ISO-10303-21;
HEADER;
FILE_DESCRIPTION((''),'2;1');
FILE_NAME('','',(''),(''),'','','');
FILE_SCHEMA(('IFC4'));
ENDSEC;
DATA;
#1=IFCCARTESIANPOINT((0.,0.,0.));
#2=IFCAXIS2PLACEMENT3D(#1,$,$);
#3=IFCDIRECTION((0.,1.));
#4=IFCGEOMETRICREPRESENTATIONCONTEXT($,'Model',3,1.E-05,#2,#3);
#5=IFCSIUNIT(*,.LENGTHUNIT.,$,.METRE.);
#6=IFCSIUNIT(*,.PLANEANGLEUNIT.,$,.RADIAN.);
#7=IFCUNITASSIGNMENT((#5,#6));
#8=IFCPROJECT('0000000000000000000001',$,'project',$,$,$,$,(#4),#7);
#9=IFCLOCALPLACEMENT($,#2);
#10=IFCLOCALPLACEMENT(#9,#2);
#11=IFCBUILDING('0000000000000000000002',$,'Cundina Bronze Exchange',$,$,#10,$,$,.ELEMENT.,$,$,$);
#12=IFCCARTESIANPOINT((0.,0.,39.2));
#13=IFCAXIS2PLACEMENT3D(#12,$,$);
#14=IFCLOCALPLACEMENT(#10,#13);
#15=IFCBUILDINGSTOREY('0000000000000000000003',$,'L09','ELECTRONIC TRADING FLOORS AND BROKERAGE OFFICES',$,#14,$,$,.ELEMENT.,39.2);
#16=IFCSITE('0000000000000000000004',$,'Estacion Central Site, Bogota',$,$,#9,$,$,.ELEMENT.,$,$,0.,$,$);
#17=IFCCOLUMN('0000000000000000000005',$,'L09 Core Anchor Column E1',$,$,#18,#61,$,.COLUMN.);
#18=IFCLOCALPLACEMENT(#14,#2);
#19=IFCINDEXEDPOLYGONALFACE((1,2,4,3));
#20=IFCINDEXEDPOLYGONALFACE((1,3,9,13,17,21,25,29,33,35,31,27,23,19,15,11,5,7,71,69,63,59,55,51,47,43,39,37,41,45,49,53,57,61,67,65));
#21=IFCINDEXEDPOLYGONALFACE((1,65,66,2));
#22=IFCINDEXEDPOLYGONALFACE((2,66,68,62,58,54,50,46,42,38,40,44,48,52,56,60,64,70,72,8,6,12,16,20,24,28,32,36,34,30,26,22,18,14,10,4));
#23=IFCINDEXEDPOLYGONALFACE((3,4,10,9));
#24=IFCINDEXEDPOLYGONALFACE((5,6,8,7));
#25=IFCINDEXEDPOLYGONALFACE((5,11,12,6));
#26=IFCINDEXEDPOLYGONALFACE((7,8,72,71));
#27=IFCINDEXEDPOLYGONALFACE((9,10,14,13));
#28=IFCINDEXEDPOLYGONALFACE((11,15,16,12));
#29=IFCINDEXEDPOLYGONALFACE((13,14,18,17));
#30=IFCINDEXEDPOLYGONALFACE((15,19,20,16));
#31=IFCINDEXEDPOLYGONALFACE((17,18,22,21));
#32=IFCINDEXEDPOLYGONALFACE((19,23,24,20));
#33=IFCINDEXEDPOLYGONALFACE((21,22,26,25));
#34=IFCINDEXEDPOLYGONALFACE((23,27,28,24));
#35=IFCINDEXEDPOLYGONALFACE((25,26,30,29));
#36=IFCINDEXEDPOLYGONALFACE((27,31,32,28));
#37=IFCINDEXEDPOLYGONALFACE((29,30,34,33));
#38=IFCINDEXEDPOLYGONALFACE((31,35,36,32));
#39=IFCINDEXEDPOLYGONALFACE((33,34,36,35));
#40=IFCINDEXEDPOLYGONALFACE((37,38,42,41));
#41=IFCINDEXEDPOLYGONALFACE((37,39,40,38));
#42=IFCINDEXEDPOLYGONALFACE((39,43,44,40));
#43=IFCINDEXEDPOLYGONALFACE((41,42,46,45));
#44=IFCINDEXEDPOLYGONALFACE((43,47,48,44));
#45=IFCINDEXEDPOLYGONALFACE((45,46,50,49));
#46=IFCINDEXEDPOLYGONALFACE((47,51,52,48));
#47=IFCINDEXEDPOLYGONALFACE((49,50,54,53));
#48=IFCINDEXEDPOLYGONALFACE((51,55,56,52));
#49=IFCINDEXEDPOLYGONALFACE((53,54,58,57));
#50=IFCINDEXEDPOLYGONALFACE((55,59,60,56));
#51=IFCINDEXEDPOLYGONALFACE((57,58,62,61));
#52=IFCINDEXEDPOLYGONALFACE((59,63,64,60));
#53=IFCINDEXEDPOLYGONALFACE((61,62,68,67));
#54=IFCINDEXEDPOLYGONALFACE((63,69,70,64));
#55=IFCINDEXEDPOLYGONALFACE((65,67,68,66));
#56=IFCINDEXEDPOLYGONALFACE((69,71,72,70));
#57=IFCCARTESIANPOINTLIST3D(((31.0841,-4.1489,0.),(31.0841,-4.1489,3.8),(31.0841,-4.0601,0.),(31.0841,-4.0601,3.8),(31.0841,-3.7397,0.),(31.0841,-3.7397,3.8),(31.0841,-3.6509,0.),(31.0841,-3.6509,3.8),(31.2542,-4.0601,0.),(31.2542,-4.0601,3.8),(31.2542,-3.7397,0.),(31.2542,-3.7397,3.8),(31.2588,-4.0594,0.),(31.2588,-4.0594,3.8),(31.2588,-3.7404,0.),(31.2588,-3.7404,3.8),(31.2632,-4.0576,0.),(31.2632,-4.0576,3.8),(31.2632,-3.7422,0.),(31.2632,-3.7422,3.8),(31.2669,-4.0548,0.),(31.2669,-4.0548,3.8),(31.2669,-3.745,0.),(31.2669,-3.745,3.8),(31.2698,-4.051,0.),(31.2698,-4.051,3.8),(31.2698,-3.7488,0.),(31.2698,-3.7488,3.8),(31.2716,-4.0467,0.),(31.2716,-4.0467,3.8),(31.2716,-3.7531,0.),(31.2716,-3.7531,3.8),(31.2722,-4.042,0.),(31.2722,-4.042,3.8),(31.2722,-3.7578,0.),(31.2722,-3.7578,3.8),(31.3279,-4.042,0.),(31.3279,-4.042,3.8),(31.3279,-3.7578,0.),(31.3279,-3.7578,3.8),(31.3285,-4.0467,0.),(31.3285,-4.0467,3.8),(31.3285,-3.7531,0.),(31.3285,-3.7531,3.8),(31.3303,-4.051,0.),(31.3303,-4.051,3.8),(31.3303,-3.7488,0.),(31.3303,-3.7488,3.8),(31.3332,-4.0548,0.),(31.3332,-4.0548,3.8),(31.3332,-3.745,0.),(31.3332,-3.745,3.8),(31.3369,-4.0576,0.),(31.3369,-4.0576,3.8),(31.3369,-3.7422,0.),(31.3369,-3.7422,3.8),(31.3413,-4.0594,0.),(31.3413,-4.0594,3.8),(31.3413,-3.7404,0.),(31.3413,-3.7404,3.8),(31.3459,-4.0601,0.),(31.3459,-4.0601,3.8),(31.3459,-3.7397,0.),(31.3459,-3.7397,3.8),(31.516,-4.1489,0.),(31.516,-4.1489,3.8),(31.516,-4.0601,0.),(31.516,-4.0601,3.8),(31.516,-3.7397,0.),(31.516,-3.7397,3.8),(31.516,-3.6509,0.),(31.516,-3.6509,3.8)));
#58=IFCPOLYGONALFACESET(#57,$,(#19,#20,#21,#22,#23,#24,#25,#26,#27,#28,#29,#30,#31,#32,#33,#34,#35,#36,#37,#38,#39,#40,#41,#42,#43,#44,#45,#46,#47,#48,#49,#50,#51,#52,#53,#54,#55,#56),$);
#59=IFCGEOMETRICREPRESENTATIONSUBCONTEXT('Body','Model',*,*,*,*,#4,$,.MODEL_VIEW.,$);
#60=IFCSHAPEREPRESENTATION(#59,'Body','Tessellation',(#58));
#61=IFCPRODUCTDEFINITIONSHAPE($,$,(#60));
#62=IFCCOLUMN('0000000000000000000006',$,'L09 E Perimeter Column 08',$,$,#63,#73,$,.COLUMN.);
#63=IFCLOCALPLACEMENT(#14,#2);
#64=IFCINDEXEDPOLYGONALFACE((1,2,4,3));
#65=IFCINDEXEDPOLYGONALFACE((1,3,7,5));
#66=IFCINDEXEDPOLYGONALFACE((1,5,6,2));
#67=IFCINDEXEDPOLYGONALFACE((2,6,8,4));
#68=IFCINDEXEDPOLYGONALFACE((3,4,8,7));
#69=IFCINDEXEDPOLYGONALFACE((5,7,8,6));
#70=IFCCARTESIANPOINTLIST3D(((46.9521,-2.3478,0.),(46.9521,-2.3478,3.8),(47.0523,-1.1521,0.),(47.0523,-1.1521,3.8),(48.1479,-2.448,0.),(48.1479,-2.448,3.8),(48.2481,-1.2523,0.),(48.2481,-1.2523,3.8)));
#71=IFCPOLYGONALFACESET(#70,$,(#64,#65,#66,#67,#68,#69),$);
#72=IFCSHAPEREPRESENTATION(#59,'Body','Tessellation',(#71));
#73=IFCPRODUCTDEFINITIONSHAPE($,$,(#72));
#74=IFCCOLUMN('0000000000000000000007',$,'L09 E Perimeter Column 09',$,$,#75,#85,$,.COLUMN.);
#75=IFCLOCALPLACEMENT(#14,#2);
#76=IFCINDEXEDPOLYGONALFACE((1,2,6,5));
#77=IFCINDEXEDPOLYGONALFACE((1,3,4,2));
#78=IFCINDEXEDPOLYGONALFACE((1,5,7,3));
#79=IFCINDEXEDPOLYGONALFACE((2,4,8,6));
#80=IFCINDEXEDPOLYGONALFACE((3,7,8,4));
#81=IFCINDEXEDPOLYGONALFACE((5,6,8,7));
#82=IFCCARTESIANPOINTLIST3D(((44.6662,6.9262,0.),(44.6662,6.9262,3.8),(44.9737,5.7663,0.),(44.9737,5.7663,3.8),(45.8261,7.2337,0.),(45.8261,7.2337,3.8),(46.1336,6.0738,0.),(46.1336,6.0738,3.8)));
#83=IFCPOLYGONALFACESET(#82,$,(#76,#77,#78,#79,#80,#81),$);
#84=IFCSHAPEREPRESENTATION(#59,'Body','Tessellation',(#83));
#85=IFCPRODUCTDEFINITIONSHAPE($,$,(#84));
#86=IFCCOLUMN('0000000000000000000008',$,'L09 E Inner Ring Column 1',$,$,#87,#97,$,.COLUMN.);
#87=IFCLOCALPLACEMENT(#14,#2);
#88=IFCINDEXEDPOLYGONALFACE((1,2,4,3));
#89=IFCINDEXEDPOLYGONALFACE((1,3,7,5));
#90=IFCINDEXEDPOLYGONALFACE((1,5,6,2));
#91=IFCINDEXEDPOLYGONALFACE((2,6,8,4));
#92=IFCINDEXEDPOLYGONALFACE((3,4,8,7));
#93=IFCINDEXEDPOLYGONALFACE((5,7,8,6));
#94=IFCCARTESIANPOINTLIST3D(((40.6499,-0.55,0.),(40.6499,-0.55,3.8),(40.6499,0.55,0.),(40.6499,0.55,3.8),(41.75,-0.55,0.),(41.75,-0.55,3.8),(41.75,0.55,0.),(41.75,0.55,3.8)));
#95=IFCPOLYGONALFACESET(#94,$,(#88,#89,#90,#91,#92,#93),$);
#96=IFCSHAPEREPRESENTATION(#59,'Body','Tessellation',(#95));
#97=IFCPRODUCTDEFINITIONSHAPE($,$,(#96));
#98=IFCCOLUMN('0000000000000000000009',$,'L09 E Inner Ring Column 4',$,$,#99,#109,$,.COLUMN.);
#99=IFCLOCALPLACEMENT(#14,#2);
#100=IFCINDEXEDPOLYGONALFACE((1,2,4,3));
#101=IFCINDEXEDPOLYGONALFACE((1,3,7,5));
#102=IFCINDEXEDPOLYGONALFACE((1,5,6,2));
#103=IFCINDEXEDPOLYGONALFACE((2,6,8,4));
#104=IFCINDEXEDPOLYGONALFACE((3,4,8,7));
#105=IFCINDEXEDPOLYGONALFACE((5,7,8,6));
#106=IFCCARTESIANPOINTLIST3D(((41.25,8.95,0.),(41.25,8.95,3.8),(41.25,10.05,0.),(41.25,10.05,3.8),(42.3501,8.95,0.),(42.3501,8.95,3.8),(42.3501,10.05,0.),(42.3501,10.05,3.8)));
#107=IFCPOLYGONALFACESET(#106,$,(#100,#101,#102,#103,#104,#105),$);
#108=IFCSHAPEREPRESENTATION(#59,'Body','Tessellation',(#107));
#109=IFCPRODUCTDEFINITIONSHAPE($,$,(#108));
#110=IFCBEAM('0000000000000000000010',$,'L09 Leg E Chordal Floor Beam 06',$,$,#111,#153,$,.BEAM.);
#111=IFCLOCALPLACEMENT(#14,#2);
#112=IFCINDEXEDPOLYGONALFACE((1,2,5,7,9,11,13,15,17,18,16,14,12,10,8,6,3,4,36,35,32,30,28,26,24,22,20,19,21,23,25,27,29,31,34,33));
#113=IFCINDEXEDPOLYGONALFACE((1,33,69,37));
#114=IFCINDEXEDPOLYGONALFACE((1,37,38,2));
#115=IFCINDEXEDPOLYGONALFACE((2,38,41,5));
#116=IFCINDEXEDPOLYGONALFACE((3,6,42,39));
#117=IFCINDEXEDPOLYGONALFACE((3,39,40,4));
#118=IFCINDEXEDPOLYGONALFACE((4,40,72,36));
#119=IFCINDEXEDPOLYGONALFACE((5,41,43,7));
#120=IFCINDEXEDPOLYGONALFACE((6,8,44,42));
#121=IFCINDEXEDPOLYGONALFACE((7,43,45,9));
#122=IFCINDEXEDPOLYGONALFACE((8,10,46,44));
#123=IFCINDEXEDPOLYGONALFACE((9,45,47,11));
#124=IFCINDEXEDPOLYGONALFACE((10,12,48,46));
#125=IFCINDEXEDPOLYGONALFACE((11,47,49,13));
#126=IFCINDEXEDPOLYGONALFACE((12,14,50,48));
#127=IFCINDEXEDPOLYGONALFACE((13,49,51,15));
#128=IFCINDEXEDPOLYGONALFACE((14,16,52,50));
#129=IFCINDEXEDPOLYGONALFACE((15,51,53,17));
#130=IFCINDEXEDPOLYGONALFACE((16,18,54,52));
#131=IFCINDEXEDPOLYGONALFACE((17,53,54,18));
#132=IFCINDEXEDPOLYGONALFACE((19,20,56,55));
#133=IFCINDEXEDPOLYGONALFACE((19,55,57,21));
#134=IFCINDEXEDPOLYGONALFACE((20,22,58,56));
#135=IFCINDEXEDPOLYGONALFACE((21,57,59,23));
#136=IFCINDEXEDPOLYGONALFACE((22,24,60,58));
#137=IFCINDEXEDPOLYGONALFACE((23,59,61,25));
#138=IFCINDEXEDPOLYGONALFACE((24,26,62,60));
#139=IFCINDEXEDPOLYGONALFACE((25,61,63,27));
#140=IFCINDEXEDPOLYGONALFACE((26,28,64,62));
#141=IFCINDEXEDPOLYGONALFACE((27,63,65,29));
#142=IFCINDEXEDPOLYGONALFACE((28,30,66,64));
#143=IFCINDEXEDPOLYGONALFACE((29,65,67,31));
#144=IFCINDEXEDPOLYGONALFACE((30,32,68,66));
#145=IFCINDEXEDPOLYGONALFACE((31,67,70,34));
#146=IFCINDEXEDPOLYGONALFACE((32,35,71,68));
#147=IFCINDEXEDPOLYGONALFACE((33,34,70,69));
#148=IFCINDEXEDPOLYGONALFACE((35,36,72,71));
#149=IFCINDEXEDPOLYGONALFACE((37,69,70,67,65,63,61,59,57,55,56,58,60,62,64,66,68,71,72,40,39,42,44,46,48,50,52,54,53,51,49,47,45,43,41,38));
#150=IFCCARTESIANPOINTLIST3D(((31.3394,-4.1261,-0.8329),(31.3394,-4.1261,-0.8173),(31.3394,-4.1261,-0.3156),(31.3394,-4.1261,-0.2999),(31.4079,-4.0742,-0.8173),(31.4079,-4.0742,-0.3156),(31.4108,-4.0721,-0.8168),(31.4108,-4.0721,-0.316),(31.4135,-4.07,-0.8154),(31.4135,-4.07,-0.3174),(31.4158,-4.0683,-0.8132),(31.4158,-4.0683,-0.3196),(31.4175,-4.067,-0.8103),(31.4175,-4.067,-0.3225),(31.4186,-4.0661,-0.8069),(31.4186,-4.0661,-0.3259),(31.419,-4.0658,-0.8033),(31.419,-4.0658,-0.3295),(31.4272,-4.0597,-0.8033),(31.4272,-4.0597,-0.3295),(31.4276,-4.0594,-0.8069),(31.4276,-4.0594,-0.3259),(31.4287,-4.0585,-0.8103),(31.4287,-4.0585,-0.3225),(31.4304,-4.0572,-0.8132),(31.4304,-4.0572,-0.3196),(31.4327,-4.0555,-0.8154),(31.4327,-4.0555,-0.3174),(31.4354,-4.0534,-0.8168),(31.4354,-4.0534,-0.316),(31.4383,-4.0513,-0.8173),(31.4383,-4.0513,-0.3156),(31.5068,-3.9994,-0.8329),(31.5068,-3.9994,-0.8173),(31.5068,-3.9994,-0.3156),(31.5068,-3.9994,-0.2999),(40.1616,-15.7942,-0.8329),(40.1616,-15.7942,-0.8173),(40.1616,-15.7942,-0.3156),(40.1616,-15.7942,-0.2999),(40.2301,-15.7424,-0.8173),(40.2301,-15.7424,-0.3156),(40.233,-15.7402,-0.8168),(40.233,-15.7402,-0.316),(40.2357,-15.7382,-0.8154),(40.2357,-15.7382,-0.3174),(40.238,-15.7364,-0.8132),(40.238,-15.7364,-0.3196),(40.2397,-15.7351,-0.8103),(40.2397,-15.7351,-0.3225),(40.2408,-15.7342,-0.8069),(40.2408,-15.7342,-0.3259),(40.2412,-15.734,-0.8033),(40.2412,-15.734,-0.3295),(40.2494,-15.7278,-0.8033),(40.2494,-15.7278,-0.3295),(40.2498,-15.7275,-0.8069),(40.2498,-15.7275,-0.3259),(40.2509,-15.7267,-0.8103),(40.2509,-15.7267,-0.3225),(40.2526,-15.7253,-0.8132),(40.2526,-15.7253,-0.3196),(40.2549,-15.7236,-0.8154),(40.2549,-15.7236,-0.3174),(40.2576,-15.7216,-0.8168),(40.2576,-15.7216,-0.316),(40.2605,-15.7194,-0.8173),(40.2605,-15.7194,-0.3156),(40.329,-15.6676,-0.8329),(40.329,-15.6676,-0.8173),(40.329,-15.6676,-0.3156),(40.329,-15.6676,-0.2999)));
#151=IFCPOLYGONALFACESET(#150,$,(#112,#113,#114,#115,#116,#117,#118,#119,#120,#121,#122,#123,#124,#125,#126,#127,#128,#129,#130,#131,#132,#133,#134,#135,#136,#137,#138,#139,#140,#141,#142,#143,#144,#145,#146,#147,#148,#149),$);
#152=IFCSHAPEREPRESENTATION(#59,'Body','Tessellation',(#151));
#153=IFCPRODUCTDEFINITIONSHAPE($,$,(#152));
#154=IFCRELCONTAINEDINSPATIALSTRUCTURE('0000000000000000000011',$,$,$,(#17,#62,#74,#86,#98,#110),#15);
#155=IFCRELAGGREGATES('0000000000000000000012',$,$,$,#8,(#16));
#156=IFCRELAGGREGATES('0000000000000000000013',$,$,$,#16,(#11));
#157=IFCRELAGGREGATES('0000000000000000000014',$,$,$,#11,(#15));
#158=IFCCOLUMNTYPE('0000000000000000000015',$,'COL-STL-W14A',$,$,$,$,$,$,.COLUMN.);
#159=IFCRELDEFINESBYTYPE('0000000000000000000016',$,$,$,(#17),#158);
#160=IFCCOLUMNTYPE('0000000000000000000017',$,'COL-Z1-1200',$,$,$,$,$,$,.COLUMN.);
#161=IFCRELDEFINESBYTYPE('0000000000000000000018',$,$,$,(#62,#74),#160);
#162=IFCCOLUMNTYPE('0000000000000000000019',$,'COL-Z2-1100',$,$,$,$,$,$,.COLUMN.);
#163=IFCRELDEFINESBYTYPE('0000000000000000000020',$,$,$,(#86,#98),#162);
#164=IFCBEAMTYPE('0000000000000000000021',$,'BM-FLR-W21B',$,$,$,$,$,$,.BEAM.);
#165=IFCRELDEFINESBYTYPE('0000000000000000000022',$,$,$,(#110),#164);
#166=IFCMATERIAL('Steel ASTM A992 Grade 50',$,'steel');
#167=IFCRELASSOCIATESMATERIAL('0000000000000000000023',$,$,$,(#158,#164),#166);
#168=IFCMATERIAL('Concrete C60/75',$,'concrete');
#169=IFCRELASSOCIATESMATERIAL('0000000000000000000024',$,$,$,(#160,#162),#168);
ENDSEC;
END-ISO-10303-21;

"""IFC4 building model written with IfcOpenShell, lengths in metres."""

from ifc_helpers import new_model, si_unit, direction, frame, origin, origin_2d, place, context, subcontext, project, spatial, rectangle, i_section, extrude, material, material_profile, profile_set, type_object, element, save


model = new_model("IFC4")

# Units and contexts
model_context = context("Model", 3, precision=1e-05, world=origin(), true_north=direction((0.0, 1.0)))
body_context = subcontext(model_context, "Body", "Model", "MODEL_VIEW")
ifc_project = project(units=[si_unit("LENGTHUNIT", "METRE"), si_unit("PLANEANGLEUNIT", "RADIAN")], contexts=[model_context])

# Site, building, storey
site_placement = place(None, origin())
site = spatial("IfcSite", under=ifc_project, at=site_placement, Name="Estacion Central Site, Bogota", CompositionType="ELEMENT", RefElevation=0.0)
building_placement = place(site_placement, origin())
building = spatial("IfcBuilding", under=site, at=building_placement, Name="Cundina Bronze Exchange", CompositionType="ELEMENT")
storey_placement = place(building_placement, frame((0.0, 0.0, 39.2)))
storey = spatial("IfcBuildingStorey", under=building, at=storey_placement, Name="L09", Description="ELECTRONIC TRADING FLOORS AND BROKERAGE OFFICES", CompositionType="ELEMENT", Elevation=39.2)

# Columns
ifc_material_1 = material(Name="Steel ASTM A992 Grade 50", Category="steel")
ifc_material_profile_1 = material_profile(ifc_material_1, i_section(OverallWidth=0.4319, OverallDepth=0.498, WebThickness=0.0557, FlangeThickness=0.0889, FilletRadius=0.0181, at=origin_2d()), Name="W14X500", Category="steel")
ifc_profile_set_1 = profile_set([ifc_material_profile_1], Name="Steel ASTM A992 Grade 50")
column_type_1 = type_object("IfcColumnType", Name="COL-STL-W14A", PredefinedType="COLUMN", material=ifc_profile_set_1)
column_placement = place(storey_placement, frame((31.3, -3.8999, 0.0), z_axis=(0.0, 0.0, 1.0), x_axis=(1.0, 0.0, 0.0)))
element("IfcColumn", 1, at=column_placement, inside=storey, type_object=column_type_1, Name="L09 Core Anchor Column E1", PredefinedType="COLUMN", context=body_context, shape_type="SweptSolid", body=[
    extrude(i_section(OverallWidth=0.4319, OverallDepth=0.498, WebThickness=0.0557, FlangeThickness=0.0889, FilletRadius=0.0181, at=origin_2d()), origin(), (0.0, 0.0, 1.0), 3.8),
])
ifc_material_2 = material(Name="Concrete C60/75", Category="concrete")
ifc_material_profile_2 = material_profile(ifc_material_2, rectangle(XDim=1.2, YDim=1.2, at=origin_2d()), Name="RC1200X1200", Category="concrete")
ifc_profile_set_2 = profile_set([ifc_material_profile_2], Name="Concrete C60/75")
column_type_2 = type_object("IfcColumnType", Name="COL-Z1-1200", PredefinedType="COLUMN", material=ifc_profile_set_2)
for number, where, z_axis, x_axis, name in (
    (2, (47.6001, -1.8, 0.0), (0.0, 0.0, 1.0), (0.083504, 0.996507, 0.0), "L09 E Perimeter Column 08"),
    (3, (45.3999, 6.5, 0.0), (0.0, 0.0, 1.0), (-0.256289, 0.9666, 0.0), "L09 E Perimeter Column 09"),
):
    element("IfcColumn", number, at=place(storey_placement, frame(where, z_axis=z_axis, x_axis=x_axis)), inside=storey, type_object=column_type_2, Name=name, PredefinedType="COLUMN", context=body_context, shape_type="SweptSolid", body=[
        extrude(rectangle(XDim=1.2, YDim=1.2, at=origin_2d()), origin(), (0.0, 0.0, 1.0), 3.8),
    ])
ifc_material_profile_3 = material_profile(ifc_material_2, rectangle(XDim=1.1001, YDim=1.1001, at=origin_2d()), Name="RC1100X1100", Category="concrete")
ifc_profile_set_3 = profile_set([ifc_material_profile_3], Name="Concrete C60/75")
column_type_3 = type_object("IfcColumnType", Name="COL-Z2-1100", PredefinedType="COLUMN", material=ifc_profile_set_3)
for number, where, z_axis, x_axis, name in (
    (4, (41.2, 0.0, 0.0), (0.0, 0.0, 1.0), (1.0, 0.0, 0.0), "L09 E Inner Ring Column 1"),
    (5, (41.8, 9.5, 0.0), (0.0, 0.0, 1.0), (1.0, 0.0, 0.0), "L09 E Inner Ring Column 4"),
):
    element("IfcColumn", number, at=place(storey_placement, frame(where, z_axis=z_axis, x_axis=x_axis)), inside=storey, type_object=column_type_3, Name=name, PredefinedType="COLUMN", context=body_context, shape_type="SweptSolid", body=[
        extrude(rectangle(XDim=1.1001, YDim=1.1001, at=origin_2d()), origin(), (0.0, 0.0, 1.0), 3.8),
    ])

# Beam
ifc_material_profile_4 = material_profile(ifc_material_1, i_section(OverallWidth=0.21, OverallDepth=0.533, WebThickness=0.0103, FlangeThickness=0.0156, FilletRadius=0.0139, at=origin_2d()), Name="W21X62", Category="steel")
ifc_profile_set_4 = profile_set([ifc_material_profile_4], Name="Steel ASTM A992 Grade 50")
beam_type_1 = type_object("IfcBeamType", Name="BM-FLR-W21B", PredefinedType="BEAM", material=ifc_profile_set_4)
beam_1_placement = place(storey_placement, frame((31.4231, -4.0627, -0.5664), z_axis=(0.603106, -0.797661, 0.0), x_axis=(0.797661, 0.603106, 0.0)))
element("IfcBeam", 6, at=beam_1_placement, inside=storey, type_object=beam_type_1, Name="L09 Leg E Chordal Floor Beam 06", PredefinedType="BEAM", context=body_context, shape_type="SweptSolid", body=[
    extrude(i_section(OverallWidth=0.21, OverallDepth=0.533, WebThickness=0.0103, FlangeThickness=0.0156, FilletRadius=0.0139, at=origin_2d()), origin(), (0.0, 0.0, 1.0), 14.6279),
])

save(model, "model.ifc")
